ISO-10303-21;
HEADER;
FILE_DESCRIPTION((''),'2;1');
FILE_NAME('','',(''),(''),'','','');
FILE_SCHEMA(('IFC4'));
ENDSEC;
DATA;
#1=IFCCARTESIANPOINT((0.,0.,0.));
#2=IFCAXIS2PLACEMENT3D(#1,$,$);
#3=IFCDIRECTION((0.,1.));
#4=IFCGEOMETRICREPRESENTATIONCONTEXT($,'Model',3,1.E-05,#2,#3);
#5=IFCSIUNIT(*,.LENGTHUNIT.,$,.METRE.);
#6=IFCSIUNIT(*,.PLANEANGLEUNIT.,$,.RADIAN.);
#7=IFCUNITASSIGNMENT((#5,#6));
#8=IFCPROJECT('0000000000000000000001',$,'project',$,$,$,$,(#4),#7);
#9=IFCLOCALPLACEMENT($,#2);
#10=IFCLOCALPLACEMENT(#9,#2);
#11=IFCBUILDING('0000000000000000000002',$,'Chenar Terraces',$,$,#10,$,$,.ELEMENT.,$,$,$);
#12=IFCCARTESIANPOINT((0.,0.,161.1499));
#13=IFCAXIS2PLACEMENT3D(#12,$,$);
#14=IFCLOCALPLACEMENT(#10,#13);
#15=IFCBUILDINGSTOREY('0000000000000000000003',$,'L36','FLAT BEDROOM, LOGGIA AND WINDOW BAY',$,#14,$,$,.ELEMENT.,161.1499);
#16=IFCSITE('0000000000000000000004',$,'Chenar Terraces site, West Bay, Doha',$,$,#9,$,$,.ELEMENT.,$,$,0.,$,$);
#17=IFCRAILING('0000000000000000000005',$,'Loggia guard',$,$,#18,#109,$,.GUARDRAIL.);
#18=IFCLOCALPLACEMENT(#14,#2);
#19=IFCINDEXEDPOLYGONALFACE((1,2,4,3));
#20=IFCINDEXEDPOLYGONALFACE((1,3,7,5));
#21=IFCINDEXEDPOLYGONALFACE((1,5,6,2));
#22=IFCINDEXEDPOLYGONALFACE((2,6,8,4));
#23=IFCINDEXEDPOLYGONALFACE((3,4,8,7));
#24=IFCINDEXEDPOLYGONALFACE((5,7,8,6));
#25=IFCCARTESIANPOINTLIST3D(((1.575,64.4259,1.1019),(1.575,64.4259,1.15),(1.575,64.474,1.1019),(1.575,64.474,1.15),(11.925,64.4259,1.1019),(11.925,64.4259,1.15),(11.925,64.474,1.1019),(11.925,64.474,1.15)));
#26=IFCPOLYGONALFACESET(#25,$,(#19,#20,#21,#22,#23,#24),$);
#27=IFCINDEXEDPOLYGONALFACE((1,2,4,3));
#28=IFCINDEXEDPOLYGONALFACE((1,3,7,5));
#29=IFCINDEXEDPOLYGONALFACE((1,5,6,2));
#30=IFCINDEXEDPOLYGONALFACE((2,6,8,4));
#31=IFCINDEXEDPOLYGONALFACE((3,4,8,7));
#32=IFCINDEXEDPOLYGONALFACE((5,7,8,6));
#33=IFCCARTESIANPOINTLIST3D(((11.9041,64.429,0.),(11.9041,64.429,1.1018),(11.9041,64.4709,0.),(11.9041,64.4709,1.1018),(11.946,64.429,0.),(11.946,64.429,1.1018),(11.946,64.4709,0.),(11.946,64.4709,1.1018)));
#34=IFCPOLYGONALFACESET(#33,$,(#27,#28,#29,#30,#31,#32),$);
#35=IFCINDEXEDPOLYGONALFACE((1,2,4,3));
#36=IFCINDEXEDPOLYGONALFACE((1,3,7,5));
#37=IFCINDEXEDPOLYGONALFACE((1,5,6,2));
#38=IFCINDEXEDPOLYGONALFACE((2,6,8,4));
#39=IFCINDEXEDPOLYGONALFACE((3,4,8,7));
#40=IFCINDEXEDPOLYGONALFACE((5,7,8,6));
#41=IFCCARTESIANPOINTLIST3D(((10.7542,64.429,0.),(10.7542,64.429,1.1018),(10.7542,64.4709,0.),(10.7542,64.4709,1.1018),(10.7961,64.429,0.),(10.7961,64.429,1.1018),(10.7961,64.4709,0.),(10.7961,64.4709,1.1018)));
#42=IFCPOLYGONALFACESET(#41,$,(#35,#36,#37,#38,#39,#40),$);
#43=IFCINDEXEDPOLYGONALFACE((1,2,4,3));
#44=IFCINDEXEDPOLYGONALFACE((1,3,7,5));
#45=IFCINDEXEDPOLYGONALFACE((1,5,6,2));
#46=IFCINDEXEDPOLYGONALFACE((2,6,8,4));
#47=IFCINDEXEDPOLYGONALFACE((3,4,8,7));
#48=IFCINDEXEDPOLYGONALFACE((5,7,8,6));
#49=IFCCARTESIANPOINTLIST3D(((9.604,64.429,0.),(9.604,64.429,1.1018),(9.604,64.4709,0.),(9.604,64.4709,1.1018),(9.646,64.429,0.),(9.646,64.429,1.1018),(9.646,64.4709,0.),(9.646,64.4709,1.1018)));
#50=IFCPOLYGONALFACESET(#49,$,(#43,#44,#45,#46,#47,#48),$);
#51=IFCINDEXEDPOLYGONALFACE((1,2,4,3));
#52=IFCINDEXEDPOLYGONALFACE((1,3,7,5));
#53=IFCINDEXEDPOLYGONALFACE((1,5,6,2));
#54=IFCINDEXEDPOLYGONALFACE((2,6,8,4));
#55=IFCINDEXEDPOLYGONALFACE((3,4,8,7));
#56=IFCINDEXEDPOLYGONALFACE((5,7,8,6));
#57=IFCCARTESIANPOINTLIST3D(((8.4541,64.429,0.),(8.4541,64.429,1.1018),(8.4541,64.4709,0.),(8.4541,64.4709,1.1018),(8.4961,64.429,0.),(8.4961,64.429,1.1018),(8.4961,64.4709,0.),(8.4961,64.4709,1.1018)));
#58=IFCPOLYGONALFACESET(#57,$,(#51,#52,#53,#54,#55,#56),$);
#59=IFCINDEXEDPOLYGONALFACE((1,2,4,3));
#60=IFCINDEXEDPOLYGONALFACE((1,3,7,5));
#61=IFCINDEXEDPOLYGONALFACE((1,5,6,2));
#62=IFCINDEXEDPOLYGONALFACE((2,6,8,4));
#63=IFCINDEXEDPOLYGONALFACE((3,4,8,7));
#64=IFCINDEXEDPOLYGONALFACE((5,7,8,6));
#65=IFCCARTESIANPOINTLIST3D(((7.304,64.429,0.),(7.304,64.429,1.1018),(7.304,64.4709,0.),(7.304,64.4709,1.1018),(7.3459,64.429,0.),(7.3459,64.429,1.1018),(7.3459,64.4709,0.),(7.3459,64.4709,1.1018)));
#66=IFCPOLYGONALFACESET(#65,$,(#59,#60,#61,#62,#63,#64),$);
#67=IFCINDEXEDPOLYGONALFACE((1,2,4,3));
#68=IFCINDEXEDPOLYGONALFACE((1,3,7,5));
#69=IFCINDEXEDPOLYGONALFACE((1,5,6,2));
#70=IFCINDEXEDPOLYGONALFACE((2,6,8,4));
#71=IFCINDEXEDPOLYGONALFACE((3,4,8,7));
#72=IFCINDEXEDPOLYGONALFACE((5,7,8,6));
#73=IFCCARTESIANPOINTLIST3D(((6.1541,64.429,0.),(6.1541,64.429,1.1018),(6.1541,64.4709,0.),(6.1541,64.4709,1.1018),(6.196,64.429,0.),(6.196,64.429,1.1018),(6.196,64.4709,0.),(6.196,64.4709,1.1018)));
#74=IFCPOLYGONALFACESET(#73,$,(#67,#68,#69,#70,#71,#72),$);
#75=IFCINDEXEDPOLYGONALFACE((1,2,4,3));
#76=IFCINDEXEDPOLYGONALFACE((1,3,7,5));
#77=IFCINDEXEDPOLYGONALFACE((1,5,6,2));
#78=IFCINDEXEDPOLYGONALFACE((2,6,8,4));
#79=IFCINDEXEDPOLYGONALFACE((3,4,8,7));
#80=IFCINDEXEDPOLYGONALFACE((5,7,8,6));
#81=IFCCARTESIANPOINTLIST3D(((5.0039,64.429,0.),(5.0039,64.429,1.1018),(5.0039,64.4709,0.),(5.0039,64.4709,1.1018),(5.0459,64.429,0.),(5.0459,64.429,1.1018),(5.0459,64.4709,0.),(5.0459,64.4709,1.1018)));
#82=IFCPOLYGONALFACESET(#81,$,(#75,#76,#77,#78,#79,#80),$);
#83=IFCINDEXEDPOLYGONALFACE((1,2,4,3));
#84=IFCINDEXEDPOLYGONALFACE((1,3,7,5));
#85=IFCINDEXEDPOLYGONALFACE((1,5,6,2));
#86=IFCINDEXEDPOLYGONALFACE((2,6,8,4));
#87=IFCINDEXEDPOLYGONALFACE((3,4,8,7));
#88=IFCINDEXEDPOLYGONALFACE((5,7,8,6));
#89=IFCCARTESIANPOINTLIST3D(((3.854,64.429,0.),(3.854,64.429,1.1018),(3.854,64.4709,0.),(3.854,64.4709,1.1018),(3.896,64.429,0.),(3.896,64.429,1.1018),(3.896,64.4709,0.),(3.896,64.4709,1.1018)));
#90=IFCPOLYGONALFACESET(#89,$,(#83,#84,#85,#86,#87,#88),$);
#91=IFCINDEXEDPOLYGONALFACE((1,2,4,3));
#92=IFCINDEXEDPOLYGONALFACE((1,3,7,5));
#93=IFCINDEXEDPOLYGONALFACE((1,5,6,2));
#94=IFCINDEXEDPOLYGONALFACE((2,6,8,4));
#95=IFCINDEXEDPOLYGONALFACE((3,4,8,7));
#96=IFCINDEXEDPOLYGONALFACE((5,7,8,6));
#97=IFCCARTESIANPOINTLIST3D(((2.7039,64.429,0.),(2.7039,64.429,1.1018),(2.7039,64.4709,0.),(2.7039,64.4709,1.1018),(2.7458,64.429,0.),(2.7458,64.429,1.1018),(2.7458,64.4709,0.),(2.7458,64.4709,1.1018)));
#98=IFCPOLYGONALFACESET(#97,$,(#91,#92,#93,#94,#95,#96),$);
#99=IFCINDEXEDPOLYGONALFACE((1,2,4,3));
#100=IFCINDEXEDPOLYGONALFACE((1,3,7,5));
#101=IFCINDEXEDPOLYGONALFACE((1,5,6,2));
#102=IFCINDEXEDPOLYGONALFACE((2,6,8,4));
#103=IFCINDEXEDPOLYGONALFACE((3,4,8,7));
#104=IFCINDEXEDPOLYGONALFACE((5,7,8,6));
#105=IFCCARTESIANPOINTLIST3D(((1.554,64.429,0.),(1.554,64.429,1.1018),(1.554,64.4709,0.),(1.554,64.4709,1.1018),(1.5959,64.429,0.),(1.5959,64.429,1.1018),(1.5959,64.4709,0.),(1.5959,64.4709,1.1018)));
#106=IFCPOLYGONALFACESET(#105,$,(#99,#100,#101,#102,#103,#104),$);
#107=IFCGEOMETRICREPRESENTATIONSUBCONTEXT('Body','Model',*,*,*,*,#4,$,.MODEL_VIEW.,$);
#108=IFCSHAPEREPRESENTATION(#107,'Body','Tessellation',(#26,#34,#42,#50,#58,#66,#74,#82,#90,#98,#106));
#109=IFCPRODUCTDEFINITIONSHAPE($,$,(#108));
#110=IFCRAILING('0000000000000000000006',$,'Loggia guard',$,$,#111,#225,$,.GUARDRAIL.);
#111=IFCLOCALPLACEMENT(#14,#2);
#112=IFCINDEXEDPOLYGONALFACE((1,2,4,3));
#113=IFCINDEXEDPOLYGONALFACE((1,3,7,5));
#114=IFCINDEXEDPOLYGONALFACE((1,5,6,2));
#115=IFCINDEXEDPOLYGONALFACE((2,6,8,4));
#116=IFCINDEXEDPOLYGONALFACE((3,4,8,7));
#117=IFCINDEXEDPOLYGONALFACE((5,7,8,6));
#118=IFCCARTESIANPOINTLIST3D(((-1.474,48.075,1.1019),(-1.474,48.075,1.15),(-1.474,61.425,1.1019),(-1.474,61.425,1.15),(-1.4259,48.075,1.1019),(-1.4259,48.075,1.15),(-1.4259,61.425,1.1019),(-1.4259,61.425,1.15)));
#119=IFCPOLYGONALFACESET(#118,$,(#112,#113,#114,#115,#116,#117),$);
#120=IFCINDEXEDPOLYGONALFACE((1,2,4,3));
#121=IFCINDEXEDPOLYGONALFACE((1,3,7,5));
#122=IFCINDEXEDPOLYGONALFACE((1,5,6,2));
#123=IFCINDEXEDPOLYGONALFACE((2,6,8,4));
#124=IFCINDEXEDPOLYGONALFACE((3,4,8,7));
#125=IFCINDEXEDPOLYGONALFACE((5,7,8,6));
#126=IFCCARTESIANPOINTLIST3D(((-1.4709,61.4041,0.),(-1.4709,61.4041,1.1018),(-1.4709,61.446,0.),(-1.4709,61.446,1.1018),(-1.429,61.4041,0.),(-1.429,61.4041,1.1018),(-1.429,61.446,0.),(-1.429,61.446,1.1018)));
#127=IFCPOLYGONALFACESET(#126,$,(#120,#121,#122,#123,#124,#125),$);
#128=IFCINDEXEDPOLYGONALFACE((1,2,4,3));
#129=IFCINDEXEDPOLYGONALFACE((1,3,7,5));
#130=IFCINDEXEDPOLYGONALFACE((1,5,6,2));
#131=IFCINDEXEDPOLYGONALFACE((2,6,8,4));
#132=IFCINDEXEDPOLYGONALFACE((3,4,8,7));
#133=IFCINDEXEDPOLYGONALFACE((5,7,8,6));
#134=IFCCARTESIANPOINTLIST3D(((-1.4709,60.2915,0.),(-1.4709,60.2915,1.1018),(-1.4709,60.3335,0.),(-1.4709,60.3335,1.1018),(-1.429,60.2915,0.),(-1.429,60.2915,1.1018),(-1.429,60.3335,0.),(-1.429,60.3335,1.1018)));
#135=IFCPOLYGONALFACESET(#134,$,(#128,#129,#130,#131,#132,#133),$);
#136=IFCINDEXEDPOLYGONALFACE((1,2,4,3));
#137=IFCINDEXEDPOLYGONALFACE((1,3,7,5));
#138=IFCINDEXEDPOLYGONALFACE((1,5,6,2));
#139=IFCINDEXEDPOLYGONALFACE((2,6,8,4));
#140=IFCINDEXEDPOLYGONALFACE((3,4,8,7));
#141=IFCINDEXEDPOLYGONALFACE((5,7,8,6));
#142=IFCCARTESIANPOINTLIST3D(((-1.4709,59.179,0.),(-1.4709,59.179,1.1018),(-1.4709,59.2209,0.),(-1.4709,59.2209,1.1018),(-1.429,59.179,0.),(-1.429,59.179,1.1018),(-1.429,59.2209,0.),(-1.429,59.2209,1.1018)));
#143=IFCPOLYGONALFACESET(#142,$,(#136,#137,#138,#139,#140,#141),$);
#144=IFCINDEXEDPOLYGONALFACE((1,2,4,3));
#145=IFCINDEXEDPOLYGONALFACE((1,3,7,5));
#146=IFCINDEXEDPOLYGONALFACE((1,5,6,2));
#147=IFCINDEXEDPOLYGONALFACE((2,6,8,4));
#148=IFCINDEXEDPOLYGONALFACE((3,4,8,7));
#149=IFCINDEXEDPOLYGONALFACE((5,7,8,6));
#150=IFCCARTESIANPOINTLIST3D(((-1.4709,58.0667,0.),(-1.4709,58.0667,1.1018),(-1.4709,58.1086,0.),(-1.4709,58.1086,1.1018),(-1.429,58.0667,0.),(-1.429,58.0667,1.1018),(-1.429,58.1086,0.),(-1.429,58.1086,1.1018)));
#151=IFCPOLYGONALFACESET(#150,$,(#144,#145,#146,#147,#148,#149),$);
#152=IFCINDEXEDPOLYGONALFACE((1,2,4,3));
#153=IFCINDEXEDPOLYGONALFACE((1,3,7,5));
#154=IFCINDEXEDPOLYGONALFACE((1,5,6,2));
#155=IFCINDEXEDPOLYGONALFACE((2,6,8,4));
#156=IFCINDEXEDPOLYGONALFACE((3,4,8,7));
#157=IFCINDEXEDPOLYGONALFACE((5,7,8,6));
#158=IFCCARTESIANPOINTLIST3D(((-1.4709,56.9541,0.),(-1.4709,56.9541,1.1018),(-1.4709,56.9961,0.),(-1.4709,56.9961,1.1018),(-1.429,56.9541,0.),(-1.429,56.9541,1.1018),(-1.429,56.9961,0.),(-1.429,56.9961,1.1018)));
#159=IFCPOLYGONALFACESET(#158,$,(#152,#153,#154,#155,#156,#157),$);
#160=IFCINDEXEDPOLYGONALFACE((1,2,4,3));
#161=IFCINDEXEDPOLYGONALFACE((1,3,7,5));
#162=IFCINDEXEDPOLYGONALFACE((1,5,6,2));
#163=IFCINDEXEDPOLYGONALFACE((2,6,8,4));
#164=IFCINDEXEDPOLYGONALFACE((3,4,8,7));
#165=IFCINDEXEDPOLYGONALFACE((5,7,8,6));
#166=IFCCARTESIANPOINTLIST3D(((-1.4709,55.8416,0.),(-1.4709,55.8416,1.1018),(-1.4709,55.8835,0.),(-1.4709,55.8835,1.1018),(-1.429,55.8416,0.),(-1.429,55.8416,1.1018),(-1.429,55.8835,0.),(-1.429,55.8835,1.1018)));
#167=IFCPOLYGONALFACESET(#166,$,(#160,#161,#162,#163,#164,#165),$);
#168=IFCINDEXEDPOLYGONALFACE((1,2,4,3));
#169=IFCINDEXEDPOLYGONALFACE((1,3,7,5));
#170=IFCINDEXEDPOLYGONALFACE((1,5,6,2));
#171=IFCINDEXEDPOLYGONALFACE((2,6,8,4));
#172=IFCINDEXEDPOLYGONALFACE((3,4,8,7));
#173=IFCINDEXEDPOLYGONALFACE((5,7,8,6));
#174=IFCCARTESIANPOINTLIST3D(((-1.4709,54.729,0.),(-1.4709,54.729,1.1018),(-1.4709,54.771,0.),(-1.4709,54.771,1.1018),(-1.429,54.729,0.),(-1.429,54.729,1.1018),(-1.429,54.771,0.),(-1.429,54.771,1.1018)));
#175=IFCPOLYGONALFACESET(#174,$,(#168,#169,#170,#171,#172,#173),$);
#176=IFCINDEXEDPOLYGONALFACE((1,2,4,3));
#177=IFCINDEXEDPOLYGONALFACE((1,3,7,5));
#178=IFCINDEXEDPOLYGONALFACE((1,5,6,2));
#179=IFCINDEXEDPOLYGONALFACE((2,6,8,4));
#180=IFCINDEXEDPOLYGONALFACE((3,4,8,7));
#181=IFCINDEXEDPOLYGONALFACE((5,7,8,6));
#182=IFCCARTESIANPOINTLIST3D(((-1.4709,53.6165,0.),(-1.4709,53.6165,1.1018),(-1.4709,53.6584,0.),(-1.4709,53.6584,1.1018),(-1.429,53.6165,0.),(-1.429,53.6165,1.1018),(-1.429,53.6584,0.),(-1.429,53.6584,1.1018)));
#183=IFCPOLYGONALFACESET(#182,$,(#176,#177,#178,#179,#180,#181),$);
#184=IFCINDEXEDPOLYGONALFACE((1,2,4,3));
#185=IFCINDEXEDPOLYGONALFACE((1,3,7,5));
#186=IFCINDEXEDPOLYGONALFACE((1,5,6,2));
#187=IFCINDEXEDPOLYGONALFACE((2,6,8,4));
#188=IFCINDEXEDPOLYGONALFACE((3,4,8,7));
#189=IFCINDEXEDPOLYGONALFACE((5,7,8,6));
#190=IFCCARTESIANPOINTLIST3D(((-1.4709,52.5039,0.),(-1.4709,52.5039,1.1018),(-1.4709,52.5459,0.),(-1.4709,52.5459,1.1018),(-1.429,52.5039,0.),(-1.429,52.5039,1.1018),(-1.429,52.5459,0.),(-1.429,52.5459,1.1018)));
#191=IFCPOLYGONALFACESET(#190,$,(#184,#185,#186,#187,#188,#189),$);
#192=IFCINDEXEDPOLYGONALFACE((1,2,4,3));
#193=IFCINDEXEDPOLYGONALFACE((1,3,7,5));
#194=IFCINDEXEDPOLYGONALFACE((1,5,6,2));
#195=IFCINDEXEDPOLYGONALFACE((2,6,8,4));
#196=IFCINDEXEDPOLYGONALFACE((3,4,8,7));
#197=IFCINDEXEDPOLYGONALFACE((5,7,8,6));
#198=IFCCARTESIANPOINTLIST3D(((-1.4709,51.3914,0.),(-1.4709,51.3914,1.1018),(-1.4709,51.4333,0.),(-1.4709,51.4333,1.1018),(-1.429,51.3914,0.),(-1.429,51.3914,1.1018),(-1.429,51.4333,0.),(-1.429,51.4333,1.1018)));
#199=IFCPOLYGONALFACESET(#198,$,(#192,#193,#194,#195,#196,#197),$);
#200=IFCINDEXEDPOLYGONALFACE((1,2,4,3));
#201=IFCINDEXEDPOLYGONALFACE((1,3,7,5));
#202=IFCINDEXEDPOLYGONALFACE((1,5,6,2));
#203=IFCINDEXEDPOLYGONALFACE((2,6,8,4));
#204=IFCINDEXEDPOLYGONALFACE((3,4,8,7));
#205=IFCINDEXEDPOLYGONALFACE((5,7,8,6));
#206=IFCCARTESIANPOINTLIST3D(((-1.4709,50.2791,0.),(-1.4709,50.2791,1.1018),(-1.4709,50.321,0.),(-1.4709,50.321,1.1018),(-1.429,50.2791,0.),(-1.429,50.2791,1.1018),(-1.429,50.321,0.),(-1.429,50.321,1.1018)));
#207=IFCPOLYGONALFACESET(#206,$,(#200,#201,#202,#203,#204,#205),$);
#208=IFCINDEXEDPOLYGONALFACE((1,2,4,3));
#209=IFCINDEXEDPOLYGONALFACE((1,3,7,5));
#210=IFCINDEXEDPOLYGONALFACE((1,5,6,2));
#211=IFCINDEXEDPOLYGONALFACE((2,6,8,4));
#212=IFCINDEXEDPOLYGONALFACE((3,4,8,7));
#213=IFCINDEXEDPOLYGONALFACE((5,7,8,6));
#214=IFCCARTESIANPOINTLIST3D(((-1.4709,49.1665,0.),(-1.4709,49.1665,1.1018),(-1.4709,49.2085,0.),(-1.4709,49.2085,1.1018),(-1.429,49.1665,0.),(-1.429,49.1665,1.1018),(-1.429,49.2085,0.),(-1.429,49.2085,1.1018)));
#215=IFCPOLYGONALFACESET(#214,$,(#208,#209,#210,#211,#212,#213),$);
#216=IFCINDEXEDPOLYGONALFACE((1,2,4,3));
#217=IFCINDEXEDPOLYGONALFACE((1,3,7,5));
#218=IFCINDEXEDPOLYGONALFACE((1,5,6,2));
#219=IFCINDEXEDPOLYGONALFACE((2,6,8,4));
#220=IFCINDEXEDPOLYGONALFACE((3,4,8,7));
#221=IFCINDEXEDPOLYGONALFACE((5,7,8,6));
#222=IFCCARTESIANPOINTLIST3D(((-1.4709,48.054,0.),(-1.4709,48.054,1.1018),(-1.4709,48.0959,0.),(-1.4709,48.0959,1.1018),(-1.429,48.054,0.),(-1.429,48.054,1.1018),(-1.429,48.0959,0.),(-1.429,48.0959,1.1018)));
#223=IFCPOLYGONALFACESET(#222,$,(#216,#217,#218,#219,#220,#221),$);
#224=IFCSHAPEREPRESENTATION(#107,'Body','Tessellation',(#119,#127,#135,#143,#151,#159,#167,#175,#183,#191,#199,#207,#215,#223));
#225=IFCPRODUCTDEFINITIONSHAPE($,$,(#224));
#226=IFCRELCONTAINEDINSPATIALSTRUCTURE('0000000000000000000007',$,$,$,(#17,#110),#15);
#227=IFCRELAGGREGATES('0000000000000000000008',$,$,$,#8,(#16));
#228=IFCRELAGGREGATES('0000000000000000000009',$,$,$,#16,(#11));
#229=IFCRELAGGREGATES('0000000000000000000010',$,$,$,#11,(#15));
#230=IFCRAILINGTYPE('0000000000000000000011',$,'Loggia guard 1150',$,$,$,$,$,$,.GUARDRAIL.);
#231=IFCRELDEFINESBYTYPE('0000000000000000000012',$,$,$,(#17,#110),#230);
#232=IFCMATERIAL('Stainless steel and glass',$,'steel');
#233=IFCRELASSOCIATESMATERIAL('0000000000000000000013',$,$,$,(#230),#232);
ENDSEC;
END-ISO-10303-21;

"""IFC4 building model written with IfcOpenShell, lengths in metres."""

from ifc_helpers import new_model, si_unit, direction, frame, origin, origin_2d, place, context, subcontext, project, spatial, rectangle, extrude, material, type_object, element, save


model = new_model("IFC4")

# Units and contexts
model_context = context("Model", 3, precision=1e-05, world=origin(), true_north=direction((0.0, 1.0)))
body_context = subcontext(model_context, "Body", "Model", "MODEL_VIEW")
ifc_project = project(units=[si_unit("LENGTHUNIT", "METRE"), si_unit("PLANEANGLEUNIT", "RADIAN")], contexts=[model_context])

# Site, building, storey
site_placement = place(None, origin())
site = spatial("IfcSite", under=ifc_project, at=site_placement, Name="Chenar Terraces site, West Bay, Doha", CompositionType="ELEMENT", RefElevation=0.0)
building_placement = place(site_placement, origin())
building = spatial("IfcBuilding", under=site, at=building_placement, Name="Chenar Terraces", CompositionType="ELEMENT")
storey_placement = place(building_placement, frame((0.0, 0.0, 161.1499)))
storey = spatial("IfcBuildingStorey", under=building, at=storey_placement, Name="L36", Description="FLAT BEDROOM, LOGGIA AND WINDOW BAY", CompositionType="ELEMENT", Elevation=161.1499)

# Railings
ifc_material_1 = material(Name="Stainless steel and glass", Category="steel")
railing_type = type_object("IfcRailingType", Name="Loggia guard 1150", PredefinedType="GUARDRAIL", material=ifc_material_1)
railing_1_placement = place(storey_placement, frame((11.925, 64.45, 0.0)))
element("IfcRailing", 1, at=railing_1_placement, inside=storey, type_object=railing_type, Name="Loggia guard", PredefinedType="GUARDRAIL", context=body_context, shape_type="SweptSolid", body=[
    extrude(rectangle(XDim=0.0481, YDim=0.0481, at=origin_2d()), frame((0.0, 0.0, 1.126), z_axis=(-1.0, 0.0, 0.0), x_axis=(0.0, -1.0, 0.0)), (0.0, 0.0, 1.0), 10.3501),
    extrude(rectangle(XDim=0.042, YDim=0.042, at=origin_2d()), origin(), (0.0, 0.0, 1.0), 1.1018),
    extrude(rectangle(XDim=0.042, YDim=0.042, at=origin_2d()), frame((-1.1499, 0.0, 0.0)), (0.0, 0.0, 1.0), 1.1018),
    extrude(rectangle(XDim=0.042, YDim=0.042, at=origin_2d()), frame((-2.3, 0.0, 0.0)), (0.0, 0.0, 1.0), 1.1018),
    extrude(rectangle(XDim=0.042, YDim=0.042, at=origin_2d()), frame((-3.45, 0.0, 0.0)), (0.0, 0.0, 1.0), 1.1018),
    extrude(rectangle(XDim=0.042, YDim=0.042, at=origin_2d()), frame((-4.6001, 0.0, 0.0)), (0.0, 0.0, 1.0), 1.1018),
    extrude(rectangle(XDim=0.042, YDim=0.042, at=origin_2d()), frame((-5.75, 0.0, 0.0)), (0.0, 0.0, 1.0), 1.1018),
    extrude(rectangle(XDim=0.042, YDim=0.042, at=origin_2d()), frame((-6.9001, 0.0, 0.0)), (0.0, 0.0, 1.0), 1.1018),
    extrude(rectangle(XDim=0.042, YDim=0.042, at=origin_2d()), frame((-8.05, 0.0, 0.0)), (0.0, 0.0, 1.0), 1.1018),
    extrude(rectangle(XDim=0.042, YDim=0.042, at=origin_2d()), frame((-9.2002, 0.0, 0.0)), (0.0, 0.0, 1.0), 1.1018),
    extrude(rectangle(XDim=0.042, YDim=0.042, at=origin_2d()), frame((-10.3501, 0.0, 0.0)), (0.0, 0.0, 1.0), 1.1018),
])
railing_2_placement = place(storey_placement, frame((-1.45, 61.425, 0.0)))
element("IfcRailing", 2, at=railing_2_placement, inside=storey, type_object=railing_type, Name="Loggia guard", PredefinedType="GUARDRAIL", context=body_context, shape_type="SweptSolid", body=[
    extrude(rectangle(XDim=0.0481, YDim=0.0481, at=origin_2d()), frame((0.0, 0.0, 1.126), z_axis=(0.0, -1.0, 0.0), x_axis=(1.0, 0.0, 0.0)), (0.0, 0.0, 1.0), 13.3501),
    extrude(rectangle(XDim=0.042, YDim=0.042, at=origin_2d()), origin(), (0.0, 0.0, 1.0), 1.1018),
    extrude(rectangle(XDim=0.042, YDim=0.042, at=origin_2d()), frame((0.0, -1.1125, 0.0)), (0.0, 0.0, 1.0), 1.1018),
    extrude(rectangle(XDim=0.042, YDim=0.042, at=origin_2d()), frame((0.0, -2.2251, 0.0)), (0.0, 0.0, 1.0), 1.1018),
    extrude(rectangle(XDim=0.042, YDim=0.042, at=origin_2d()), frame((0.0, -3.3374, 0.0)), (0.0, 0.0, 1.0), 1.1018),
    extrude(rectangle(XDim=0.042, YDim=0.042, at=origin_2d()), frame((0.0, -4.45, 0.0)), (0.0, 0.0, 1.0), 1.1018),
    extrude(rectangle(XDim=0.042, YDim=0.042, at=origin_2d()), frame((0.0, -5.5625, 0.0)), (0.0, 0.0, 1.0), 1.1018),
    extrude(rectangle(XDim=0.042, YDim=0.042, at=origin_2d()), frame((0.0, -6.675, 0.0)), (0.0, 0.0, 1.0), 1.1018),
    extrude(rectangle(XDim=0.042, YDim=0.042, at=origin_2d()), frame((0.0, -7.7876, 0.0)), (0.0, 0.0, 1.0), 1.1018),
    extrude(rectangle(XDim=0.042, YDim=0.042, at=origin_2d()), frame((0.0, -8.9001, 0.0)), (0.0, 0.0, 1.0), 1.1018),
    extrude(rectangle(XDim=0.042, YDim=0.042, at=origin_2d()), frame((0.0, -10.0127, 0.0)), (0.0, 0.0, 1.0), 1.1018),
    extrude(rectangle(XDim=0.042, YDim=0.042, at=origin_2d()), frame((0.0, -11.125, 0.0)), (0.0, 0.0, 1.0), 1.1018),
    extrude(rectangle(XDim=0.042, YDim=0.042, at=origin_2d()), frame((0.0, -12.2375, 0.0)), (0.0, 0.0, 1.0), 1.1018),
    extrude(rectangle(XDim=0.042, YDim=0.042, at=origin_2d()), frame((0.0, -13.3501, 0.0)), (0.0, 0.0, 1.0), 1.1018),
])

save(model, "model.ifc")
